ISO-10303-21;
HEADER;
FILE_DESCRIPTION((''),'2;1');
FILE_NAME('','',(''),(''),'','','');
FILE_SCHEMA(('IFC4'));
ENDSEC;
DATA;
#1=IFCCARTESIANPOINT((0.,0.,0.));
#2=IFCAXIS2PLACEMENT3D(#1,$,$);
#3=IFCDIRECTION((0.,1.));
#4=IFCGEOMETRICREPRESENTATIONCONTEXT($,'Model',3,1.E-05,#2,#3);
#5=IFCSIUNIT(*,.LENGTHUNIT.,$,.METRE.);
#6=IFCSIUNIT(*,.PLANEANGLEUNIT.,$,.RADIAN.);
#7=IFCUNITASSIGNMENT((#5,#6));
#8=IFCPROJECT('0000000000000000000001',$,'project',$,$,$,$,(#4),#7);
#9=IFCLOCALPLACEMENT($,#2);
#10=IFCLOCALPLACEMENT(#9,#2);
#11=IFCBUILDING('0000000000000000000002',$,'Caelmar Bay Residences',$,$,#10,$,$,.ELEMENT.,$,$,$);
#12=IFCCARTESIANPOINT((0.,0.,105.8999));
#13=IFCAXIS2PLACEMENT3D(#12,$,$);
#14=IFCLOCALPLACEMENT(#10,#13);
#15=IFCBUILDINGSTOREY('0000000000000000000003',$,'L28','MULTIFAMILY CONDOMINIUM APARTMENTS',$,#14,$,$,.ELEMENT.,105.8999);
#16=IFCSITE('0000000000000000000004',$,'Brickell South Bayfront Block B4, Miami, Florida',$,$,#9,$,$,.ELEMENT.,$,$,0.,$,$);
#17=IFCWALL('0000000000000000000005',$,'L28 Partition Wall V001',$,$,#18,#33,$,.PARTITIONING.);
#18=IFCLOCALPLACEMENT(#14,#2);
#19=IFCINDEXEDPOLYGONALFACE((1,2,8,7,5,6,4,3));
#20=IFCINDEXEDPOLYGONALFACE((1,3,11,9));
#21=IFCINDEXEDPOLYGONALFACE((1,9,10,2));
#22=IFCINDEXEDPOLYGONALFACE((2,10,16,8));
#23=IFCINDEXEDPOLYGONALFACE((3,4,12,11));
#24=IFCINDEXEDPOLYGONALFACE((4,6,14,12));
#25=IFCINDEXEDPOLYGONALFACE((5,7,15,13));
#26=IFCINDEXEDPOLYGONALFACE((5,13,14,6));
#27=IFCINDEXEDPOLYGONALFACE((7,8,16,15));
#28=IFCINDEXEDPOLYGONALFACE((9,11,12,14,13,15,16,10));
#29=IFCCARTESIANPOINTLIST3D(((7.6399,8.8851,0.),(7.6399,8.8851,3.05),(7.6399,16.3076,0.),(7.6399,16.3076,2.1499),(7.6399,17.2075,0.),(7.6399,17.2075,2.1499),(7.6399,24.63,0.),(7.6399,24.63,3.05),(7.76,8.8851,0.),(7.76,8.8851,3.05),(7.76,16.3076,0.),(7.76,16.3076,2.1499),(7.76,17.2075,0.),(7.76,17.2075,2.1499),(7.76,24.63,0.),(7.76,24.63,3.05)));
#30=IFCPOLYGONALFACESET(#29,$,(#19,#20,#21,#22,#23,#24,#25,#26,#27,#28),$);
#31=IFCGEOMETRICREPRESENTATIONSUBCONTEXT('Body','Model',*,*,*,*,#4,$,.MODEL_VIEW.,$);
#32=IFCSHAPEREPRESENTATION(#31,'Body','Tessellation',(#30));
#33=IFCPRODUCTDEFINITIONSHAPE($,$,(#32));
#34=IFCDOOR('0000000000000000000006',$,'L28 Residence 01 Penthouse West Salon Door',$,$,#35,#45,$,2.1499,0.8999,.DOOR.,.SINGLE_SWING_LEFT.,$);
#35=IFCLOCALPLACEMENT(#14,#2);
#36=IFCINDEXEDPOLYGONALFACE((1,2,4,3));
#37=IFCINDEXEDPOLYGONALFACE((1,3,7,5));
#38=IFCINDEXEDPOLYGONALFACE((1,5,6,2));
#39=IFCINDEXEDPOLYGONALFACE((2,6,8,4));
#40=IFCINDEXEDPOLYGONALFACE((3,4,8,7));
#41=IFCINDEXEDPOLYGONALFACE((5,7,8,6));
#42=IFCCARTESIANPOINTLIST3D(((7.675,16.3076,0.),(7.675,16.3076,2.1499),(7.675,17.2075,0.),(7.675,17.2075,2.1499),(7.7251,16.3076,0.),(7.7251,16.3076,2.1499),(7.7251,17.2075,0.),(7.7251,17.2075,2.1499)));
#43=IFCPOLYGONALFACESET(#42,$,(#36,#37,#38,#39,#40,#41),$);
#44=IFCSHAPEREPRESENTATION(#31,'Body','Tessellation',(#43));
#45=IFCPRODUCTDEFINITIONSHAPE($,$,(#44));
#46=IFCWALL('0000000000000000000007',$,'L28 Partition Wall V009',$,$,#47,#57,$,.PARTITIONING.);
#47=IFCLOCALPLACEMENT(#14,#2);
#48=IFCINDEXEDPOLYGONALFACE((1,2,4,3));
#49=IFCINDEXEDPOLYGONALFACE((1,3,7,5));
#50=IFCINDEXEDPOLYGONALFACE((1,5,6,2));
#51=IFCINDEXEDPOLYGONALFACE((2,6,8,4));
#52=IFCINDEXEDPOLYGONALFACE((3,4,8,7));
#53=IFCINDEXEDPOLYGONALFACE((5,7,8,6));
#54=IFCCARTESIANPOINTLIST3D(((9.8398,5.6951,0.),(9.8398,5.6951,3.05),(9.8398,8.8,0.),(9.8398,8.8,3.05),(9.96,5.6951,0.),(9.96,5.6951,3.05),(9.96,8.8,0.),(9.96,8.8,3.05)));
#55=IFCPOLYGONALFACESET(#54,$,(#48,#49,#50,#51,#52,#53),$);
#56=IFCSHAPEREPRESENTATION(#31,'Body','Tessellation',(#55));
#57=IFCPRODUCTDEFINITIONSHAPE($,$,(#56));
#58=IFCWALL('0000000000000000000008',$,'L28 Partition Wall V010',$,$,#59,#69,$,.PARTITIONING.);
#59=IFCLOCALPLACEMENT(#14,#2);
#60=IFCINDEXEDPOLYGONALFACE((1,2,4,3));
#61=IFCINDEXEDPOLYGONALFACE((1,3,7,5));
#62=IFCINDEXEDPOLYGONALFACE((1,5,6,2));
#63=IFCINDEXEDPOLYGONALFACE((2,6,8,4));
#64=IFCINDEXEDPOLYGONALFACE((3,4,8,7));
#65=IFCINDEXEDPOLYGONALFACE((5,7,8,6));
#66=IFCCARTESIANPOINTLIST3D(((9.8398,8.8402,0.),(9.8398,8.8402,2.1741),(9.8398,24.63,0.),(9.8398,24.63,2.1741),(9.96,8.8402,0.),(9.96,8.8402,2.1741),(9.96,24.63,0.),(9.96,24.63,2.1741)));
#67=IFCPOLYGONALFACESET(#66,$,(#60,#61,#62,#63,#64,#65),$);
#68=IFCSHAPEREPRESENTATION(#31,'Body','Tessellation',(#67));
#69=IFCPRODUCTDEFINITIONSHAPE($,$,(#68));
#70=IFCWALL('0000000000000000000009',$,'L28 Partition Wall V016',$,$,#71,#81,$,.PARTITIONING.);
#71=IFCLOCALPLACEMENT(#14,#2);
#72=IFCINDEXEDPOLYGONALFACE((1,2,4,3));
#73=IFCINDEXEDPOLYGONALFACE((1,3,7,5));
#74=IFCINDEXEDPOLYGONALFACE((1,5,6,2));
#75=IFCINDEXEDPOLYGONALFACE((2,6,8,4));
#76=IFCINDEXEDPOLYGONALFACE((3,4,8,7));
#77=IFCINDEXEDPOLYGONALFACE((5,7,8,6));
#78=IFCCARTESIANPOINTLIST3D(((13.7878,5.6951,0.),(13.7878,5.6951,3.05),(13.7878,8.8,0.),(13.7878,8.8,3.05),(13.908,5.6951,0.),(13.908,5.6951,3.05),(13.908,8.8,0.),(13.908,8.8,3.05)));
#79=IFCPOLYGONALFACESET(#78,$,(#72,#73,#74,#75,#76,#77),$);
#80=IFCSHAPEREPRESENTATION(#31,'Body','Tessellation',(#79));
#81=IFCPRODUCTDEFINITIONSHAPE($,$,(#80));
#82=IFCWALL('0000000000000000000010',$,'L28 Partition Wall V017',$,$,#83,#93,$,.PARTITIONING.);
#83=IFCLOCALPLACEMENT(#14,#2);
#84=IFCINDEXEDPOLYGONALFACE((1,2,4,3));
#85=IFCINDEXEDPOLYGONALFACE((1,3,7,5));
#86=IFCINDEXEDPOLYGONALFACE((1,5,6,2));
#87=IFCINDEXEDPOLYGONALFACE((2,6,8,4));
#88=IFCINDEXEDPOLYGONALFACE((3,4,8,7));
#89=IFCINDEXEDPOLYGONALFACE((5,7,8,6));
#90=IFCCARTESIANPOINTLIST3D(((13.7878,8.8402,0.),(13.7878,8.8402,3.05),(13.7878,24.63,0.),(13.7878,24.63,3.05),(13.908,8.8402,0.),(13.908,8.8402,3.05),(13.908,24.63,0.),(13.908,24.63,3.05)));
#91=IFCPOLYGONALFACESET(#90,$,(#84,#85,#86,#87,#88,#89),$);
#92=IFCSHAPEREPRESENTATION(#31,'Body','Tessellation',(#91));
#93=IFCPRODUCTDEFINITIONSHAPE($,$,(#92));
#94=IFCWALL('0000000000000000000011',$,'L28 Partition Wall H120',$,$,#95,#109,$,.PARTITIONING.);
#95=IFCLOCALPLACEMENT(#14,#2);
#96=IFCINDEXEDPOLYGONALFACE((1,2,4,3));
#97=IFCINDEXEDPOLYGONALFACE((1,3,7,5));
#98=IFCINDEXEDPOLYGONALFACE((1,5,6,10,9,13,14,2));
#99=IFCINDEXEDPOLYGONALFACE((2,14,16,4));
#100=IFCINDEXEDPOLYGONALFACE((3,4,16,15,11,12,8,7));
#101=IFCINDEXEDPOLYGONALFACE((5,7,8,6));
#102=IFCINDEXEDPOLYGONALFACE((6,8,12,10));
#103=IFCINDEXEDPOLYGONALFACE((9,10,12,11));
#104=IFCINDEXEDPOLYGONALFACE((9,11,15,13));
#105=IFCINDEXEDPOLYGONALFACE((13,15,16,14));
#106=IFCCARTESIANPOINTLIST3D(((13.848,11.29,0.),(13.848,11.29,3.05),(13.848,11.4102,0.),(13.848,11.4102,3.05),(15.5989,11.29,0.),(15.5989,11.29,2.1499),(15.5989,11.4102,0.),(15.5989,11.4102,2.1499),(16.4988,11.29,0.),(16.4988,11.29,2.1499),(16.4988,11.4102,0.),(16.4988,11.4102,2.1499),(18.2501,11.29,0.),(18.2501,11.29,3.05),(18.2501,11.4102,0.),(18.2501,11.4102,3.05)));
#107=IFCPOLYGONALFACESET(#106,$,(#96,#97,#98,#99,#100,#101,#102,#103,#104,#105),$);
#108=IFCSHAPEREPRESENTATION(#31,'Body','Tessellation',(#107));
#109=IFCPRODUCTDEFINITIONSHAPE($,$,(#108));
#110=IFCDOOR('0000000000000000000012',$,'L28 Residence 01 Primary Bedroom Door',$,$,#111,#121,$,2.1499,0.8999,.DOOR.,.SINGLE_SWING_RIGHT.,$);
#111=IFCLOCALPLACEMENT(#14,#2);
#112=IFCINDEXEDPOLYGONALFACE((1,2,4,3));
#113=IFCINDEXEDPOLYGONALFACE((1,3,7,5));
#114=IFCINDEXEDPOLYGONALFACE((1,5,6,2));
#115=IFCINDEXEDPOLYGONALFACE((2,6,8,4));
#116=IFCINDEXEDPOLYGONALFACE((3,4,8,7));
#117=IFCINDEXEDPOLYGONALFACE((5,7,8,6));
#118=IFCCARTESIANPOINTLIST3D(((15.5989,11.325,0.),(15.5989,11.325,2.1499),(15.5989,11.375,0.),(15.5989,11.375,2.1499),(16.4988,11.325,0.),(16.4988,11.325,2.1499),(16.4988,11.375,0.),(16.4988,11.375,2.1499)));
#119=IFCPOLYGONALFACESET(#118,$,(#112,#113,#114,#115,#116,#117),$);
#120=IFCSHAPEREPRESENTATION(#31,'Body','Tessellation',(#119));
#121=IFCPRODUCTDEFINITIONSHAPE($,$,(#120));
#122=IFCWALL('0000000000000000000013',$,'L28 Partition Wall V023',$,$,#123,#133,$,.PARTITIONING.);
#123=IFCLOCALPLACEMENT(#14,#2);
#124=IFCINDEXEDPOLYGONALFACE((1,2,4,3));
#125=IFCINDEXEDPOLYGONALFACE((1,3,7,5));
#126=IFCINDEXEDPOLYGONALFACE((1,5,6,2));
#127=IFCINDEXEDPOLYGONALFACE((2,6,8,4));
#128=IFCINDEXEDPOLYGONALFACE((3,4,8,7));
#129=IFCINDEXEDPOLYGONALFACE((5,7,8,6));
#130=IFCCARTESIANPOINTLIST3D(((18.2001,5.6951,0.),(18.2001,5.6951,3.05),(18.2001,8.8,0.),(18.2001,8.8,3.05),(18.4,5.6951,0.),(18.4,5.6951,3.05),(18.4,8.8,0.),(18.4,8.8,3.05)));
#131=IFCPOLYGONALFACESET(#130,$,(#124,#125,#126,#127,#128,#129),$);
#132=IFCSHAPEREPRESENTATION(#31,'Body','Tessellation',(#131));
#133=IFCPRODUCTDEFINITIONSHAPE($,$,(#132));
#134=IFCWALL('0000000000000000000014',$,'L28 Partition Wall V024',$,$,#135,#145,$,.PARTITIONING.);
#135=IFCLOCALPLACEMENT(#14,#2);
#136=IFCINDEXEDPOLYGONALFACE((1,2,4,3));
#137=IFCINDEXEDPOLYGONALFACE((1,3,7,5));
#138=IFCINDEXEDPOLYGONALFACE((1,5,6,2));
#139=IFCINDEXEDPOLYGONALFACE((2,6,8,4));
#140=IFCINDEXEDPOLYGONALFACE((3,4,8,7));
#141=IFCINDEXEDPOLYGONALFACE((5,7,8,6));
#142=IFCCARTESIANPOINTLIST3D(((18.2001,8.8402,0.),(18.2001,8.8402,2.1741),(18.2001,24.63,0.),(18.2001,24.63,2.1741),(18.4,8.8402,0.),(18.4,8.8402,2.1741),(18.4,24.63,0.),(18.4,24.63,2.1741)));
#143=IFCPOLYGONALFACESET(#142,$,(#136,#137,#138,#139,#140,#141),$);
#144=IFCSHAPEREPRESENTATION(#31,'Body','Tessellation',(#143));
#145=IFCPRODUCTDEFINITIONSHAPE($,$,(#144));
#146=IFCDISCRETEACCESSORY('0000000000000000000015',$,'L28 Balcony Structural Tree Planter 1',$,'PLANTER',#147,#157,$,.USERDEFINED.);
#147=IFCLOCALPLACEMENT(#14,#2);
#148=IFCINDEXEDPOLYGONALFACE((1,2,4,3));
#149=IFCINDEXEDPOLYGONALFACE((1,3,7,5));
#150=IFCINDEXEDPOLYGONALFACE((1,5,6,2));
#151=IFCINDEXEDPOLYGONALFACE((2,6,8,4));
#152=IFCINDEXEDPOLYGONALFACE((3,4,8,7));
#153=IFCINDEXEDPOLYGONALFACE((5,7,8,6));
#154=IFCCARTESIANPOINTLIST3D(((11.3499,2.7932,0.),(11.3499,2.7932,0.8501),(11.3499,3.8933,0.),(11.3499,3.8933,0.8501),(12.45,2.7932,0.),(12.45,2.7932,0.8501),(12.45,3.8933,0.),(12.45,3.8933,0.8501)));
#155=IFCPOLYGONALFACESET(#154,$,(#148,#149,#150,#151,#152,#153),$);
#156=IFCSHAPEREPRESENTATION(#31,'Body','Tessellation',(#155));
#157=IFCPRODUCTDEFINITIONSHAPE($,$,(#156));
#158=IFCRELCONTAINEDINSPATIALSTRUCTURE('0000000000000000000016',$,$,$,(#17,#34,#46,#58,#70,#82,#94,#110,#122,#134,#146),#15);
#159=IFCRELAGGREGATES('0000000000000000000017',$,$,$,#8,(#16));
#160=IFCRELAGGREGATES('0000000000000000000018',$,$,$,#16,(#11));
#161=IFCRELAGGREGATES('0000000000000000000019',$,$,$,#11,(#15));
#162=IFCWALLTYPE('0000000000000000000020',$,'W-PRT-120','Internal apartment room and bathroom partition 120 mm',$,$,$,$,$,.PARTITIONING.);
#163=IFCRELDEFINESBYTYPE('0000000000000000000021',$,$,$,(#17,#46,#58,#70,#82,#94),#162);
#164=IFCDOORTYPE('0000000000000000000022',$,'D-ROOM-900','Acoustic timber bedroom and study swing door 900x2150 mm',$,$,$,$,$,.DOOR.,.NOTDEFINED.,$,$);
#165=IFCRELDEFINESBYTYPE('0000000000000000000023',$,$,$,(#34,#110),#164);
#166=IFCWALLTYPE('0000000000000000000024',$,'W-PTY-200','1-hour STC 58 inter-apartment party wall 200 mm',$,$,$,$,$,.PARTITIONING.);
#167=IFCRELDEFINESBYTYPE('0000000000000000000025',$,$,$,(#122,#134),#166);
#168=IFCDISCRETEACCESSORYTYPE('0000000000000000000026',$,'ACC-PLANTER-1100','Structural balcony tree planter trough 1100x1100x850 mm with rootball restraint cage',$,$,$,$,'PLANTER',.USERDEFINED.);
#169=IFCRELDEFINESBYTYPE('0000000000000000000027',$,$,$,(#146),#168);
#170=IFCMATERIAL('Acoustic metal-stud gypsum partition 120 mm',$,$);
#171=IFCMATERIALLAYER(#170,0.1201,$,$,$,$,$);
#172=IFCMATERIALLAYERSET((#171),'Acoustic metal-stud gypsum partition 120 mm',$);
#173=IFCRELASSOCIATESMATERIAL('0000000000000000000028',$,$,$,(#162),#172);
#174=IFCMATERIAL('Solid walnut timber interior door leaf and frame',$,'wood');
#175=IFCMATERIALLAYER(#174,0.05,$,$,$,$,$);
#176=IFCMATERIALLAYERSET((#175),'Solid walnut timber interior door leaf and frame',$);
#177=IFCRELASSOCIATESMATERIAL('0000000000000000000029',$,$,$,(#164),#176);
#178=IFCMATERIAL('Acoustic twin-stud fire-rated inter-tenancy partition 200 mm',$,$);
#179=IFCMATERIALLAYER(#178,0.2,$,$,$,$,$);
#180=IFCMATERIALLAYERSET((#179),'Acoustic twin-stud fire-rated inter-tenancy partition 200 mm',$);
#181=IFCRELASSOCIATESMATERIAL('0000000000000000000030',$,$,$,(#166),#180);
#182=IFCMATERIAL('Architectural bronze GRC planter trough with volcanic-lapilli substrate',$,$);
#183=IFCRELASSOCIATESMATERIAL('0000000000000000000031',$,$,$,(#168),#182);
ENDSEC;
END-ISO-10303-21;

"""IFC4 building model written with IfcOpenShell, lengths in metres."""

from ifc_helpers import new_model, si_unit, direction, frame, frame_2d, origin, origin_2d, place, context, subcontext, project, spatial, rectangle, extrude, material, layer, layer_set, type_object, element, fill, save


model = new_model("IFC4")

# Units and contexts
model_context = context("Model", 3, precision=1e-05, world=origin(), true_north=direction((0.0, 1.0)))
body_context = subcontext(model_context, "Body", "Model", "MODEL_VIEW")
ifc_project = project(units=[si_unit("LENGTHUNIT", "METRE"), si_unit("PLANEANGLEUNIT", "RADIAN")], contexts=[model_context])

# Site, building, storey
site_placement = place(None, origin())
site = spatial("IfcSite", under=ifc_project, at=site_placement, Name="Brickell South Bayfront Block B4, Miami, Florida", CompositionType="ELEMENT", RefElevation=0.0)
building_placement = place(site_placement, origin())
building = spatial("IfcBuilding", under=site, at=building_placement, Name="Caelmar Bay Residences", CompositionType="ELEMENT")
storey_placement = place(building_placement, frame((0.0, 0.0, 105.8999)))
storey = spatial("IfcBuildingStorey", under=building, at=storey_placement, Name="L28", Description="MULTIFAMILY CONDOMINIUM APARTMENTS", CompositionType="ELEMENT", Elevation=105.8999)

# Wall, opening, door
ifc_material_1 = material(Name="Acoustic metal-stud gypsum partition 120 mm")
ifc_layer_1 = layer(ifc_material_1, 0.1201)
ifc_layer_set_1 = layer_set([ifc_layer_1], Name="Acoustic metal-stud gypsum partition 120 mm")
wall_type_1 = type_object("IfcWallType", Name="W-PRT-120", Description="Internal apartment room and bathroom partition 120 mm", PredefinedType="PARTITIONING", material=ifc_layer_set_1)
wall_1_placement = place(storey_placement, frame((7.7, 8.885, 0.0), z_axis=(0.0, 0.0, 1.0), x_axis=(0.0, 1.0, 0.0)))
wall_1 = element("IfcWall", 1, at=wall_1_placement, inside=storey, type_object=wall_type_1, Name="L28 Partition Wall V001", PredefinedType="PARTITIONING", context=body_context, shape_type="SweptSolid", body=[
    extrude(rectangle(XDim=15.7449, YDim=0.1201, at=frame_2d((7.8726, 0.0))), origin(), (0.0, 0.0, 1.0), 3.05),
])
opening_1_placement = place(wall_1_placement, frame((7.4226, 0.0, 0.0)))
opening_1 = element("IfcOpeningElement", 2, at=opening_1_placement, cuts=wall_1, PredefinedType="OPENING", context=body_context, shape_type="SweptSolid", body=[
    extrude(rectangle(XDim=0.8999, YDim=2.1499, at=frame_2d((0.45, 1.075))), frame((0.0, 0.0701, 0.0), z_axis=(0.0, -1.0, 0.0), x_axis=(1.0, 0.0, 0.0)), (0.0, 0.0, 1.0), 0.1401),
])
ifc_material_2 = material(Name="Solid walnut timber interior door leaf and frame", Category="wood")
ifc_layer_2 = layer(ifc_material_2, 0.05)
ifc_layer_set_2 = layer_set([ifc_layer_2], Name="Solid walnut timber interior door leaf and frame")
door_type = type_object("IfcDoorType", Name="D-ROOM-900", Description="Acoustic timber bedroom and study swing door 900x2150 mm", OperationType="NOTDEFINED", PredefinedType="DOOR", material=ifc_layer_set_2)
door_1_placement = place(opening_1_placement, origin())
door_1 = element("IfcDoor", 3, at=door_1_placement, inside=storey, type_object=door_type, Name="L28 Residence 01 Penthouse West Salon Door", OperationType="SINGLE_SWING_LEFT", OverallHeight=2.1499, OverallWidth=0.8999, PredefinedType="DOOR", context=body_context, shape_type="SweptSolid", body=[
    extrude(rectangle(XDim=0.8999, YDim=2.1499, at=frame_2d((0.45, 1.075))), frame((0.0, 0.0249, 0.0), z_axis=(0.0, -1.0, 0.0), x_axis=(1.0, 0.0, 0.0)), (0.0, 0.0, 1.0), 0.05),
])
fill(opening_1, door_1)

# Walls
wall_2_placement = place(storey_placement, frame((9.8999, 5.6951, 0.0), z_axis=(0.0, 0.0, 1.0), x_axis=(0.0, 1.0, 0.0)))
element("IfcWall", 4, at=wall_2_placement, inside=storey, type_object=wall_type_1, Name="L28 Partition Wall V009", PredefinedType="PARTITIONING", context=body_context, shape_type="SweptSolid", body=[
    extrude(rectangle(XDim=3.105, YDim=0.1201, at=frame_2d((1.5525, 0.0))), origin(), (0.0, 0.0, 1.0), 3.05),
])
wall_3_placement = place(storey_placement, frame((9.8999, 8.8401, 0.0), z_axis=(0.0, 0.0, 1.0), x_axis=(0.0, 1.0, 0.0)))
element("IfcWall", 5, at=wall_3_placement, inside=storey, type_object=wall_type_1, Name="L28 Partition Wall V010", PredefinedType="PARTITIONING", context=body_context, shape_type="SweptSolid", body=[
    extrude(rectangle(XDim=15.7898, YDim=0.1201, at=frame_2d((7.895, 0.0))), origin(), (0.0, 0.0, 1.0), 2.1741),
])
wall_4_placement = place(storey_placement, frame((13.8479, 5.6951, 0.0), z_axis=(0.0, 0.0, 1.0), x_axis=(0.0, 1.0, 0.0)))
element("IfcWall", 6, at=wall_4_placement, inside=storey, type_object=wall_type_1, Name="L28 Partition Wall V016", PredefinedType="PARTITIONING", context=body_context, shape_type="SweptSolid", body=[
    extrude(rectangle(XDim=3.105, YDim=0.1201, at=frame_2d((1.5525, 0.0))), origin(), (0.0, 0.0, 1.0), 3.05),
])
wall_5_placement = place(storey_placement, frame((13.8479, 8.8401, 0.0), z_axis=(0.0, 0.0, 1.0), x_axis=(0.0, 1.0, 0.0)))
element("IfcWall", 7, at=wall_5_placement, inside=storey, type_object=wall_type_1, Name="L28 Partition Wall V017", PredefinedType="PARTITIONING", context=body_context, shape_type="SweptSolid", body=[
    extrude(rectangle(XDim=15.7898, YDim=0.1201, at=frame_2d((7.895, 0.0))), origin(), (0.0, 0.0, 1.0), 3.05),
])

# Wall, opening, door
wall_6_placement = place(storey_placement, frame((13.8479, 11.3501, 0.0), z_axis=(0.0, 0.0, 1.0), x_axis=(1.0, 0.0, 0.0)))
wall_6 = element("IfcWall", 8, at=wall_6_placement, inside=storey, type_object=wall_type_1, Name="L28 Partition Wall H120", PredefinedType="PARTITIONING", context=body_context, shape_type="SweptSolid", body=[
    extrude(rectangle(XDim=4.4021, YDim=0.1201, at=frame_2d((2.2012, 0.0))), origin(), (0.0, 0.0, 1.0), 3.05),
])
opening_2_placement = place(wall_6_placement, frame((1.751, 0.0, 0.0)))
opening_2 = element("IfcOpeningElement", 9, at=opening_2_placement, cuts=wall_6, PredefinedType="OPENING", context=body_context, shape_type="SweptSolid", body=[
    extrude(rectangle(XDim=0.8999, YDim=2.1499, at=frame_2d((0.45, 1.075))), frame((0.0, 0.0701, 0.0), z_axis=(0.0, -1.0, 0.0), x_axis=(1.0, 0.0, 0.0)), (0.0, 0.0, 1.0), 0.1401),
])
door_2_placement = place(opening_2_placement, origin())
door_2 = element("IfcDoor", 10, at=door_2_placement, inside=storey, type_object=door_type, Name="L28 Residence 01 Primary Bedroom Door", OperationType="SINGLE_SWING_RIGHT", OverallHeight=2.1499, OverallWidth=0.8999, PredefinedType="DOOR", context=body_context, shape_type="SweptSolid", body=[
    extrude(rectangle(XDim=0.8999, YDim=2.1499, at=frame_2d((0.45, 1.075))), frame((0.0, 0.0249, 0.0), z_axis=(0.0, -1.0, 0.0), x_axis=(1.0, 0.0, 0.0)), (0.0, 0.0, 1.0), 0.05),
])
fill(opening_2, door_2)

# Walls
ifc_material_3 = material(Name="Acoustic twin-stud fire-rated inter-tenancy partition 200 mm")
ifc_layer_3 = layer(ifc_material_3, 0.2)
ifc_layer_set_3 = layer_set([ifc_layer_3], Name="Acoustic twin-stud fire-rated inter-tenancy partition 200 mm")
wall_type_2 = type_object("IfcWallType", Name="W-PTY-200", Description="1-hour STC 58 inter-apartment party wall 200 mm", PredefinedType="PARTITIONING", material=ifc_layer_set_3)
wall_7_placement = place(storey_placement, frame((18.3, 5.6951, 0.0), z_axis=(0.0, 0.0, 1.0), x_axis=(0.0, 1.0, 0.0)))
element("IfcWall", 11, at=wall_7_placement, inside=storey, type_object=wall_type_2, Name="L28 Partition Wall V023", PredefinedType="PARTITIONING", context=body_context, shape_type="SweptSolid", body=[
    extrude(rectangle(XDim=3.105, YDim=0.2, at=frame_2d((1.5525, 0.0))), origin(), (0.0, 0.0, 1.0), 3.05),
])
wall_8_placement = place(storey_placement, frame((18.3, 8.8401, 0.0), z_axis=(0.0, 0.0, 1.0), x_axis=(0.0, 1.0, 0.0)))
element("IfcWall", 12, at=wall_8_placement, inside=storey, type_object=wall_type_2, Name="L28 Partition Wall V024", PredefinedType="PARTITIONING", context=body_context, shape_type="SweptSolid", body=[
    extrude(rectangle(XDim=15.7898, YDim=0.2, at=frame_2d((7.895, 0.0))), origin(), (0.0, 0.0, 1.0), 2.1741),
])

# Discrete accessory
ifc_material_4 = material(Name="Architectural bronze GRC planter trough with volcanic-lapilli substrate")
discrete_accessory_type = type_object("IfcDiscreteAccessoryType", Name="ACC-PLANTER-1100", Description="Structural balcony tree planter trough 1100x1100x850 mm with rootball restraint cage", ElementType="PLANTER", PredefinedType="USERDEFINED", material=ifc_material_4)
discrete_accessory_placement = place(storey_placement, frame((11.8999, 3.3433, 0.0), z_axis=(0.0, 0.0, 1.0), x_axis=(1.0, 0.0, 0.0)))
element("IfcDiscreteAccessory", 13, at=discrete_accessory_placement, inside=storey, type_object=discrete_accessory_type, Name="L28 Balcony Structural Tree Planter 1", ObjectType="PLANTER", PredefinedType="USERDEFINED", context=body_context, shape_type="SweptSolid", body=[
    extrude(rectangle(XDim=1.1001, YDim=1.1001, at=origin_2d()), origin(), (0.0, 0.0, 1.0), 0.8501),
])

save(model, "model.ifc")
